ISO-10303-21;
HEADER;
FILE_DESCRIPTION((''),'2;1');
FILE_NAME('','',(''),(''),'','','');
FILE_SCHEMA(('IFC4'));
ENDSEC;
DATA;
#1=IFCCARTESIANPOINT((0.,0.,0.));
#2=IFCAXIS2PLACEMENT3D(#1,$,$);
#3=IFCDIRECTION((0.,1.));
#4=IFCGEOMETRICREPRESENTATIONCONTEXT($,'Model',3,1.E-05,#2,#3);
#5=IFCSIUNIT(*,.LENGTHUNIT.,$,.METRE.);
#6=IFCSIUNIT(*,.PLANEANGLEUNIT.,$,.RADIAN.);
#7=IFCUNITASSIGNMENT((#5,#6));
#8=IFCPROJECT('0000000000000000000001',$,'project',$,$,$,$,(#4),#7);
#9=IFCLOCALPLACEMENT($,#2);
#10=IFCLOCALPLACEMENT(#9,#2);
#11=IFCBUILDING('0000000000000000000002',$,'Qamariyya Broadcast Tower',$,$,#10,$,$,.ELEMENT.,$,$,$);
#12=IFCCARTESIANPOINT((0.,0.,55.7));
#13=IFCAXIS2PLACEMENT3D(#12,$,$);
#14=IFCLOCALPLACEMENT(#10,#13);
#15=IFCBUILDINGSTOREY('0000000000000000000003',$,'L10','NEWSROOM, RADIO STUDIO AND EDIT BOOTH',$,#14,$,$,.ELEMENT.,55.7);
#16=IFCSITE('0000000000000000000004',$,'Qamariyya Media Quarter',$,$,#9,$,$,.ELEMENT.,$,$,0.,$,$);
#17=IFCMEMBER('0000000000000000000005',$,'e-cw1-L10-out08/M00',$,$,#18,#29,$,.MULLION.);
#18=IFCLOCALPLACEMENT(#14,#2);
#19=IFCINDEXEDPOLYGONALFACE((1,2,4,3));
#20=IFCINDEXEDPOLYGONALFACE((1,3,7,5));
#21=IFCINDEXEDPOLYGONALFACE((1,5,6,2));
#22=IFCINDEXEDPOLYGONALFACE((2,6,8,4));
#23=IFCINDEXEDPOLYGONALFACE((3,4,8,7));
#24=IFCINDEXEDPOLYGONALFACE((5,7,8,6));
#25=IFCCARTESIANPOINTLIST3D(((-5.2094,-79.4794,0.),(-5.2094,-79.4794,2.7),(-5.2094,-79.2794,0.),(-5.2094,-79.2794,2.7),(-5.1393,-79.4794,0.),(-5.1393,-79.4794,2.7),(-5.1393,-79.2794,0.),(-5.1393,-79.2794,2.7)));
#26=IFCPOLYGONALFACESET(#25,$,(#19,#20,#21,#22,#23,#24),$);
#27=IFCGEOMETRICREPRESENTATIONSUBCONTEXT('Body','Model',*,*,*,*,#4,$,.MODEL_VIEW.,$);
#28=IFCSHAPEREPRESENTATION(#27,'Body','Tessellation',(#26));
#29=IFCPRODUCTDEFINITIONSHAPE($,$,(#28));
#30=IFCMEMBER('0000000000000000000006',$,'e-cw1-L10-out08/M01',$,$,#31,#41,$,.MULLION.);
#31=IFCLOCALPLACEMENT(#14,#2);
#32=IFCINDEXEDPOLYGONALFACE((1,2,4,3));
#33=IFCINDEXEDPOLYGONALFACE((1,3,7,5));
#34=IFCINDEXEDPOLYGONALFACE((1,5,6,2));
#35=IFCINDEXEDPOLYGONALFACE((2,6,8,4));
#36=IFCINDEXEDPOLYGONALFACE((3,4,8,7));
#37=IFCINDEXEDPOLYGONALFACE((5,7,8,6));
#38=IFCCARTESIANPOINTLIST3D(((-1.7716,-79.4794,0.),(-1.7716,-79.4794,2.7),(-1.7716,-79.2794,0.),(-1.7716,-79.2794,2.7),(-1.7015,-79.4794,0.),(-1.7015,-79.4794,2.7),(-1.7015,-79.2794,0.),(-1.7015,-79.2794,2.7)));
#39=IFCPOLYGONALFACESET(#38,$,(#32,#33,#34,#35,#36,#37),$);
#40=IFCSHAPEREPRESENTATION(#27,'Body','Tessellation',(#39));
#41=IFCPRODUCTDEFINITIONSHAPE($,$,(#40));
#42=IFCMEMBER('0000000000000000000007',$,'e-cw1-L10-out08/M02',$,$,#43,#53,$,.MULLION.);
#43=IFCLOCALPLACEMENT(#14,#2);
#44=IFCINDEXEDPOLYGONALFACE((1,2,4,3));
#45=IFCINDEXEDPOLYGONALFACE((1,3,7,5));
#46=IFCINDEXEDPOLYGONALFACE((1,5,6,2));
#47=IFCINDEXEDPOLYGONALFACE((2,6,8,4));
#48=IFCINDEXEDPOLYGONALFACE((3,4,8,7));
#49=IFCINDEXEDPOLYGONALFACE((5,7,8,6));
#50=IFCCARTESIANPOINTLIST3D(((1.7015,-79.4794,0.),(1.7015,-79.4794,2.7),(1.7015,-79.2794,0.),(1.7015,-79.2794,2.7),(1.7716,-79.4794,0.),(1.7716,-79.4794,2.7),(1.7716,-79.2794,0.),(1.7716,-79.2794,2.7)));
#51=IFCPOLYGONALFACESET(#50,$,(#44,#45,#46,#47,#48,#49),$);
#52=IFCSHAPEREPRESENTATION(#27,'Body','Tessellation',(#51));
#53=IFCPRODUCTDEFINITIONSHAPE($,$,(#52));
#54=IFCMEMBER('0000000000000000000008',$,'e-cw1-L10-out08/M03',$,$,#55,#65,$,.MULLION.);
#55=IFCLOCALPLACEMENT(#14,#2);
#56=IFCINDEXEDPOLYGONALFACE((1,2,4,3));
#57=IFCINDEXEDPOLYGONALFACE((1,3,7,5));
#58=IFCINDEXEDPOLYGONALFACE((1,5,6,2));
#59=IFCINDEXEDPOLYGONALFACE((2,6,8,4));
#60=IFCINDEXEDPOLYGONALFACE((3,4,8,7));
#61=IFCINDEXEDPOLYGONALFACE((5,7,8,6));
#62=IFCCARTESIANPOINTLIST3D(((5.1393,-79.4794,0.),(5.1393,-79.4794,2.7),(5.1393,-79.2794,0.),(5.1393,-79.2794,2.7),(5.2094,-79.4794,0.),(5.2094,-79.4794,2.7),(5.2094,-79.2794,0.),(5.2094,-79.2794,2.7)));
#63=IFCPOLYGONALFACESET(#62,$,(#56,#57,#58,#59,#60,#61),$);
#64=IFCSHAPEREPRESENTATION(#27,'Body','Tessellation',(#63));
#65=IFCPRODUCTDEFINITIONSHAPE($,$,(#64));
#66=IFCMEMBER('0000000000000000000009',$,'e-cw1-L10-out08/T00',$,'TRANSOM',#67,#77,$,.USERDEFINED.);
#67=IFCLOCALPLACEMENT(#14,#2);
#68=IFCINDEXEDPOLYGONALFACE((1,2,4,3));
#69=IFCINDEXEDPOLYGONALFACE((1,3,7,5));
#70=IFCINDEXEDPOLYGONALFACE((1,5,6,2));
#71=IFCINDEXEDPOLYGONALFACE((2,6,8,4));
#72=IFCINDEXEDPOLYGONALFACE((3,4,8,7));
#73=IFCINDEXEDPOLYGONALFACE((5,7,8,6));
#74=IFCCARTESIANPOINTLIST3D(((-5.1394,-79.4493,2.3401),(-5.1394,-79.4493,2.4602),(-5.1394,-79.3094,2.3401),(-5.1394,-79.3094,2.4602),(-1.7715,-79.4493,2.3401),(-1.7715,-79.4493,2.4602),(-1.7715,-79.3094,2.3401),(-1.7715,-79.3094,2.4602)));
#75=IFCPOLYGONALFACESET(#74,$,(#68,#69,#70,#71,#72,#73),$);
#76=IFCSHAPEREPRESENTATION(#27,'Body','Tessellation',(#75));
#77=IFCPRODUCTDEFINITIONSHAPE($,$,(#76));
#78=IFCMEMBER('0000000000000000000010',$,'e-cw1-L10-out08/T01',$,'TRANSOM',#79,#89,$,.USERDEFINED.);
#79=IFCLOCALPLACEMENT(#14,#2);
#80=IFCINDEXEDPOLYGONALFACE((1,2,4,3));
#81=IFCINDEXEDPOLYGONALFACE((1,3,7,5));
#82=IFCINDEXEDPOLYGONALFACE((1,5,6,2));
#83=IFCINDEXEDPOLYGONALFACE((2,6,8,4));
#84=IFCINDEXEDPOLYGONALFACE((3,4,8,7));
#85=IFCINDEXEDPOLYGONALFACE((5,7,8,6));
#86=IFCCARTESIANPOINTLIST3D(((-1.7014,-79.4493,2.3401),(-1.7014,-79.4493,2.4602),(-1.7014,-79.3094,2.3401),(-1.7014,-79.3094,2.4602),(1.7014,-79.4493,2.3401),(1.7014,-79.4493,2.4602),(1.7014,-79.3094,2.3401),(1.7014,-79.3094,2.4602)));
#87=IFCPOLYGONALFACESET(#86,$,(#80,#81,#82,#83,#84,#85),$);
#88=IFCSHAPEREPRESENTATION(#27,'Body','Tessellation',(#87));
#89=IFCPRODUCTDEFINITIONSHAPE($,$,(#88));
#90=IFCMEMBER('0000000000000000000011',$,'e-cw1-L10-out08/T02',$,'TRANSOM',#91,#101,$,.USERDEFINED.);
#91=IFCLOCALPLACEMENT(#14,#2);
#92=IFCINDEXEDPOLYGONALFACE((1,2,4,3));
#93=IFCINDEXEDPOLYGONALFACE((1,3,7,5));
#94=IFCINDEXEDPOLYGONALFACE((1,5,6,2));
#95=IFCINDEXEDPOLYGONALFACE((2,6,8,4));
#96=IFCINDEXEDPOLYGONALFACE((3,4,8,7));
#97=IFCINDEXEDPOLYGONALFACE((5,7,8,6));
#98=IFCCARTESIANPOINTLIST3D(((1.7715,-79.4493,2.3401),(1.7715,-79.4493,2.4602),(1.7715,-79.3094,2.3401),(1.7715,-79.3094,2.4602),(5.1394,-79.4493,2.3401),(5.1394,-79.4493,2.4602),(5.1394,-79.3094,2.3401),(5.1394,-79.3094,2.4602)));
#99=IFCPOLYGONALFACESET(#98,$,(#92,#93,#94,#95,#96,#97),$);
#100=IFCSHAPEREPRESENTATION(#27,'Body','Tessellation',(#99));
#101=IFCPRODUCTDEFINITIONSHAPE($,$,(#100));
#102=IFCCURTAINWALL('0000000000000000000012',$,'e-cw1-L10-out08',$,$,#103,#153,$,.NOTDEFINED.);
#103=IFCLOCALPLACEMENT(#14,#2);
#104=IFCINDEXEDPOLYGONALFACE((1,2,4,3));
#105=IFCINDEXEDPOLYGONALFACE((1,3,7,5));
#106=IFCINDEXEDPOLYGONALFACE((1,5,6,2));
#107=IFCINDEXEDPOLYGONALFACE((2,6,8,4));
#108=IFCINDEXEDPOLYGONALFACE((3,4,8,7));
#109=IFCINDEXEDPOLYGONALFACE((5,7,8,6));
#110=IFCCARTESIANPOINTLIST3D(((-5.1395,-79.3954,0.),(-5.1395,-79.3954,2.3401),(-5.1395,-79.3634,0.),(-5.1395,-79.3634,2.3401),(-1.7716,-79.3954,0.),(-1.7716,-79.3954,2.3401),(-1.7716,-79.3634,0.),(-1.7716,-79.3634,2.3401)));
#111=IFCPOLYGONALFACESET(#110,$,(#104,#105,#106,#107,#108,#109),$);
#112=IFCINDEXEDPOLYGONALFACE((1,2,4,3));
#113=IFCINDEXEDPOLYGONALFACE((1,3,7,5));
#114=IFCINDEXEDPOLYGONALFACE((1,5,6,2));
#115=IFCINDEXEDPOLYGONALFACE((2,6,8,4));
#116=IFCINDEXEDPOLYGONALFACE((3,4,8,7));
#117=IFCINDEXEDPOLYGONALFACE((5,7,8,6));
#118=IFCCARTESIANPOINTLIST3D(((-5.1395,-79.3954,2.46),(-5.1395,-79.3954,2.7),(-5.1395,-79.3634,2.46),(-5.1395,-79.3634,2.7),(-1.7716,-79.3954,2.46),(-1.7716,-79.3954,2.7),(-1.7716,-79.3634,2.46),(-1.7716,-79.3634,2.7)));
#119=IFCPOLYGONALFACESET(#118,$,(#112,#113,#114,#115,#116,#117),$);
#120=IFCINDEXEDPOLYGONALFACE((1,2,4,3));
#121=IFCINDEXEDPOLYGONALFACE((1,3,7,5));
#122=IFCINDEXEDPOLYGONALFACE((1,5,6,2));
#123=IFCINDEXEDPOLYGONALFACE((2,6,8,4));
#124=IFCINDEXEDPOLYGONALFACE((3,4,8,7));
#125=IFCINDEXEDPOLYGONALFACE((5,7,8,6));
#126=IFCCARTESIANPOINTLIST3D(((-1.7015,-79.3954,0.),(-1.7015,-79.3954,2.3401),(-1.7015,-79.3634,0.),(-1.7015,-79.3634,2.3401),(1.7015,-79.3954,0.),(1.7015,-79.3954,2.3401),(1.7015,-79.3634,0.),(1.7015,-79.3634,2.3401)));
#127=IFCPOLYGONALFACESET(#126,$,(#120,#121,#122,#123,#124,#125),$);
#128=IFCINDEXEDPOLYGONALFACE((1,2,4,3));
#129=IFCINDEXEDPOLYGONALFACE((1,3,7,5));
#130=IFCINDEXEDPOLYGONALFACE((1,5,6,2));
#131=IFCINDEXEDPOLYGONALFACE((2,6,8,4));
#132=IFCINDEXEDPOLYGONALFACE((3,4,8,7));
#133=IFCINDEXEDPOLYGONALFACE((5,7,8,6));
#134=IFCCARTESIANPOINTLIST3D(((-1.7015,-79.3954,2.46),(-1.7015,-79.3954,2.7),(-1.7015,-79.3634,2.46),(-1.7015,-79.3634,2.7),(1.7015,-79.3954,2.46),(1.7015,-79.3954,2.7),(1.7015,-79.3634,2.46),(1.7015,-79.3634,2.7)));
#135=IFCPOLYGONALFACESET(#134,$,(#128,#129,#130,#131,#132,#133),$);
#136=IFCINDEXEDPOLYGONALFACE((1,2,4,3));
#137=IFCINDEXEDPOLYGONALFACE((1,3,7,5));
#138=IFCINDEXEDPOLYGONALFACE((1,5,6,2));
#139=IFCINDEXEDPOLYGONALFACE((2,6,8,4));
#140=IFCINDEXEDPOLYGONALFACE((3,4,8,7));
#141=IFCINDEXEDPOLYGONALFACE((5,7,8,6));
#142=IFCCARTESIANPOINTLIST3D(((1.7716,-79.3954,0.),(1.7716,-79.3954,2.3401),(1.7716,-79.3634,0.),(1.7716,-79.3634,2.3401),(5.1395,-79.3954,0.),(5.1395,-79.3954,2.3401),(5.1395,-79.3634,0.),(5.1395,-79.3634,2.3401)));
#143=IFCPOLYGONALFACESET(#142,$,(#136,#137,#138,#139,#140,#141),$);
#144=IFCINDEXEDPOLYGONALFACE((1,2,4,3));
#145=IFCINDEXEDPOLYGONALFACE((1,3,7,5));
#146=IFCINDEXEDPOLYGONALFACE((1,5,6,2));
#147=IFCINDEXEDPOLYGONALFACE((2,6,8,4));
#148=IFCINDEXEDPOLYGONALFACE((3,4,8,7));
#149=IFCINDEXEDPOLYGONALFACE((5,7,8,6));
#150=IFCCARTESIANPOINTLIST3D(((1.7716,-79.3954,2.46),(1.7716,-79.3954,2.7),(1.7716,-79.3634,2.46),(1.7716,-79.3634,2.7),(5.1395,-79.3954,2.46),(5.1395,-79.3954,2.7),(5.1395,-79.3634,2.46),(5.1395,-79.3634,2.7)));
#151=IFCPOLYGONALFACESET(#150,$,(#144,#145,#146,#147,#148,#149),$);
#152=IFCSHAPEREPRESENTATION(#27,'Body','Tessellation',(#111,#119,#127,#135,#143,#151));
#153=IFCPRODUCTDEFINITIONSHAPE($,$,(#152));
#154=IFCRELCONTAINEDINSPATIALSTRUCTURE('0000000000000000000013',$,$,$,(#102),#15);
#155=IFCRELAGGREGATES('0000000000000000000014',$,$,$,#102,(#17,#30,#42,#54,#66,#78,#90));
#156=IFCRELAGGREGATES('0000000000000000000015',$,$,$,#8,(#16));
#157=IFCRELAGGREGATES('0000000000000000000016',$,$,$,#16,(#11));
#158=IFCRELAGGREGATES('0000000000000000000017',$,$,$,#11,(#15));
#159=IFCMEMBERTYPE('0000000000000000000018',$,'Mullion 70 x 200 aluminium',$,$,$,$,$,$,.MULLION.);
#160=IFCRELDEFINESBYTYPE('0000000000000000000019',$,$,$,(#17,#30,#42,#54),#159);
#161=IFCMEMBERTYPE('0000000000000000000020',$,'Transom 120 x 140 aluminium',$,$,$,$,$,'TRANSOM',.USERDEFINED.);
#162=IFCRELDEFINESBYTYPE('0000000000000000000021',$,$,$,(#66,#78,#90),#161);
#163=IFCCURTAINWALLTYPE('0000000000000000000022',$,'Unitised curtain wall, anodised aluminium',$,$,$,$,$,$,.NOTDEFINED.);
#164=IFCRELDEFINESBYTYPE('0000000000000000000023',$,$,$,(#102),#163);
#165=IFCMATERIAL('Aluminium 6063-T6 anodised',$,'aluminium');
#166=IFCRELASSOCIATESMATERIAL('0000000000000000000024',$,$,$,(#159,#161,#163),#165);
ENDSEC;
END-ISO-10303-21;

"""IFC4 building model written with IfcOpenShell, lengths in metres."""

from ifc_helpers import new_model, si_unit, direction, frame, origin, origin_2d, place, context, subcontext, project, spatial, rectangle, extrude, material, material_profile, profile_set, type_object, element, aggregate, save


model = new_model("IFC4")

# Units and contexts
model_context = context("Model", 3, precision=1e-05, world=origin(), true_north=direction((0.0, 1.0)))
body_context = subcontext(model_context, "Body", "Model", "MODEL_VIEW")
ifc_project = project(units=[si_unit("LENGTHUNIT", "METRE"), si_unit("PLANEANGLEUNIT", "RADIAN")], contexts=[model_context])

# Members
ifc_material = material(Name="Aluminium 6063-T6 anodised", Category="aluminium")
ifc_material_profile_1 = material_profile(ifc_material, rectangle(XDim=0.2, YDim=0.0701, at=origin_2d()))
ifc_profile_set_1 = profile_set([ifc_material_profile_1], Name="Aluminium 6063-T6 anodised")
member_type_1 = type_object("IfcMemberType", Name="Mullion 70 x 200 aluminium", PredefinedType="MULLION", material=ifc_profile_set_1)
site_placement = place(None, origin())
building_placement = place(site_placement, origin())
storey_placement = place(building_placement, frame((0.0, 0.0, 55.7)))
member_1_placement = place(storey_placement, frame((-5.1743, -79.3794, 0.0), z_axis=(0.0, 0.0, 1.0), x_axis=(0.0, 1.0, 0.0)))
member_1 = element("IfcMember", 1, at=member_1_placement, type_object=member_type_1, Name="e-cw1-L10-out08/M00", PredefinedType="MULLION", context=body_context, shape_type="SweptSolid", body=[
    extrude(rectangle(XDim=0.2, YDim=0.0701, at=origin_2d()), origin(), (0.0, 0.0, 1.0), 2.7),
])
member_2_placement = place(storey_placement, frame((-1.7366, -79.3794, 0.0), z_axis=(0.0, 0.0, 1.0), x_axis=(0.0, 1.0, 0.0)))
member_2 = element("IfcMember", 2, at=member_2_placement, type_object=member_type_1, Name="e-cw1-L10-out08/M01", PredefinedType="MULLION", context=body_context, shape_type="SweptSolid", body=[
    extrude(rectangle(XDim=0.2, YDim=0.0701, at=origin_2d()), origin(), (0.0, 0.0, 1.0), 2.7),
])
member_3_placement = place(storey_placement, frame((1.7366, -79.3794, 0.0), z_axis=(0.0, 0.0, 1.0), x_axis=(0.0, 1.0, 0.0)))
member_3 = element("IfcMember", 3, at=member_3_placement, type_object=member_type_1, Name="e-cw1-L10-out08/M02", PredefinedType="MULLION", context=body_context, shape_type="SweptSolid", body=[
    extrude(rectangle(XDim=0.2, YDim=0.0701, at=origin_2d()), origin(), (0.0, 0.0, 1.0), 2.7),
])
member_4_placement = place(storey_placement, frame((5.1743, -79.3794, 0.0), z_axis=(0.0, 0.0, 1.0), x_axis=(0.0, 1.0, 0.0)))
member_4 = element("IfcMember", 4, at=member_4_placement, type_object=member_type_1, Name="e-cw1-L10-out08/M03", PredefinedType="MULLION", context=body_context, shape_type="SweptSolid", body=[
    extrude(rectangle(XDim=0.2, YDim=0.0701, at=origin_2d()), origin(), (0.0, 0.0, 1.0), 2.7),
])
ifc_material_profile_2 = material_profile(ifc_material, rectangle(XDim=0.1399, YDim=0.1201, at=origin_2d()))
ifc_profile_set_2 = profile_set([ifc_material_profile_2], Name="Aluminium 6063-T6 anodised")
member_type_2 = type_object("IfcMemberType", Name="Transom 120 x 140 aluminium", ElementType="TRANSOM", PredefinedType="USERDEFINED", material=ifc_profile_set_2)
member_5_placement = place(storey_placement, frame((-5.1394, -79.3794, 2.4001), z_axis=(1.0, 0.0, 0.0), x_axis=(0.0, 1.0, 0.0)))
member_5 = element("IfcMember", 5, at=member_5_placement, type_object=member_type_2, Name="e-cw1-L10-out08/T00", ObjectType="TRANSOM", PredefinedType="USERDEFINED", context=body_context, shape_type="SweptSolid", body=[
    extrude(rectangle(XDim=0.1399, YDim=0.1201, at=origin_2d()), origin(), (0.0, 0.0, 1.0), 3.3679),
])
member_6_placement = place(storey_placement, frame((-1.7014, -79.3794, 2.4001), z_axis=(1.0, 0.0, 0.0), x_axis=(0.0, 1.0, 0.0)))
member_6 = element("IfcMember", 6, at=member_6_placement, type_object=member_type_2, Name="e-cw1-L10-out08/T01", ObjectType="TRANSOM", PredefinedType="USERDEFINED", context=body_context, shape_type="SweptSolid", body=[
    extrude(rectangle(XDim=0.1399, YDim=0.1201, at=origin_2d()), origin(), (0.0, 0.0, 1.0), 3.4028),
])
member_7_placement = place(storey_placement, frame((1.7715, -79.3794, 2.4001), z_axis=(1.0, 0.0, 0.0), x_axis=(0.0, 1.0, 0.0)))
member_7 = element("IfcMember", 7, at=member_7_placement, type_object=member_type_2, Name="e-cw1-L10-out08/T02", ObjectType="TRANSOM", PredefinedType="USERDEFINED", context=body_context, shape_type="SweptSolid", body=[
    extrude(rectangle(XDim=0.1399, YDim=0.1201, at=origin_2d()), origin(), (0.0, 0.0, 1.0), 3.3679),
])

# Site, building, storey
site = spatial("IfcSite", under=ifc_project, at=site_placement, Name="Qamariyya Media Quarter", CompositionType="ELEMENT", RefElevation=0.0)
building = spatial("IfcBuilding", under=site, at=building_placement, Name="Qamariyya Broadcast Tower", CompositionType="ELEMENT")
storey = spatial("IfcBuildingStorey", under=building, at=storey_placement, Name="L10", Description="NEWSROOM, RADIO STUDIO AND EDIT BOOTH", CompositionType="ELEMENT", Elevation=55.7)

# Curtain wall
curtain_wall_type = type_object("IfcCurtainWallType", Name="Unitised curtain wall, anodised aluminium", PredefinedType="NOTDEFINED", material=ifc_material)
curtain_wall_1_placement = place(storey_placement, origin())
curtain_wall_1 = element("IfcCurtainWall", 8, at=curtain_wall_1_placement, inside=storey, type_object=curtain_wall_type, Name="e-cw1-L10-out08", PredefinedType="NOTDEFINED", context=body_context, shape_type="SweptSolid", body=[
    extrude(rectangle(XDim=3.3679, YDim=0.032, at=origin_2d()), frame((-3.4556, -79.3794, 0.0), x_axis=(1.0, 0.0, 0.0)), (0.0, 0.0, 1.0), 2.3401),
    extrude(rectangle(XDim=3.3679, YDim=0.032, at=origin_2d()), frame((-3.4556, -79.3794, 2.46), x_axis=(1.0, 0.0, 0.0)), (0.0, 0.0, 1.0), 0.24),
    extrude(rectangle(XDim=3.4031, YDim=0.032, at=origin_2d()), frame((0.0, -79.3794, 0.0), x_axis=(1.0, 0.0, 0.0)), (0.0, 0.0, 1.0), 2.3401),
    extrude(rectangle(XDim=3.4031, YDim=0.032, at=origin_2d()), frame((0.0, -79.3794, 2.46), x_axis=(1.0, 0.0, 0.0)), (0.0, 0.0, 1.0), 0.24),
    extrude(rectangle(XDim=3.3679, YDim=0.032, at=origin_2d()), frame((3.4556, -79.3794, 0.0), x_axis=(1.0, 0.0, 0.0)), (0.0, 0.0, 1.0), 2.3401),
    extrude(rectangle(XDim=3.3679, YDim=0.032, at=origin_2d()), frame((3.4556, -79.3794, 2.46), x_axis=(1.0, 0.0, 0.0)), (0.0, 0.0, 1.0), 0.24),
])
aggregate(curtain_wall_1, [member_1, member_2, member_3, member_4, member_5, member_6, member_7])

save(model, "model.ifc")
